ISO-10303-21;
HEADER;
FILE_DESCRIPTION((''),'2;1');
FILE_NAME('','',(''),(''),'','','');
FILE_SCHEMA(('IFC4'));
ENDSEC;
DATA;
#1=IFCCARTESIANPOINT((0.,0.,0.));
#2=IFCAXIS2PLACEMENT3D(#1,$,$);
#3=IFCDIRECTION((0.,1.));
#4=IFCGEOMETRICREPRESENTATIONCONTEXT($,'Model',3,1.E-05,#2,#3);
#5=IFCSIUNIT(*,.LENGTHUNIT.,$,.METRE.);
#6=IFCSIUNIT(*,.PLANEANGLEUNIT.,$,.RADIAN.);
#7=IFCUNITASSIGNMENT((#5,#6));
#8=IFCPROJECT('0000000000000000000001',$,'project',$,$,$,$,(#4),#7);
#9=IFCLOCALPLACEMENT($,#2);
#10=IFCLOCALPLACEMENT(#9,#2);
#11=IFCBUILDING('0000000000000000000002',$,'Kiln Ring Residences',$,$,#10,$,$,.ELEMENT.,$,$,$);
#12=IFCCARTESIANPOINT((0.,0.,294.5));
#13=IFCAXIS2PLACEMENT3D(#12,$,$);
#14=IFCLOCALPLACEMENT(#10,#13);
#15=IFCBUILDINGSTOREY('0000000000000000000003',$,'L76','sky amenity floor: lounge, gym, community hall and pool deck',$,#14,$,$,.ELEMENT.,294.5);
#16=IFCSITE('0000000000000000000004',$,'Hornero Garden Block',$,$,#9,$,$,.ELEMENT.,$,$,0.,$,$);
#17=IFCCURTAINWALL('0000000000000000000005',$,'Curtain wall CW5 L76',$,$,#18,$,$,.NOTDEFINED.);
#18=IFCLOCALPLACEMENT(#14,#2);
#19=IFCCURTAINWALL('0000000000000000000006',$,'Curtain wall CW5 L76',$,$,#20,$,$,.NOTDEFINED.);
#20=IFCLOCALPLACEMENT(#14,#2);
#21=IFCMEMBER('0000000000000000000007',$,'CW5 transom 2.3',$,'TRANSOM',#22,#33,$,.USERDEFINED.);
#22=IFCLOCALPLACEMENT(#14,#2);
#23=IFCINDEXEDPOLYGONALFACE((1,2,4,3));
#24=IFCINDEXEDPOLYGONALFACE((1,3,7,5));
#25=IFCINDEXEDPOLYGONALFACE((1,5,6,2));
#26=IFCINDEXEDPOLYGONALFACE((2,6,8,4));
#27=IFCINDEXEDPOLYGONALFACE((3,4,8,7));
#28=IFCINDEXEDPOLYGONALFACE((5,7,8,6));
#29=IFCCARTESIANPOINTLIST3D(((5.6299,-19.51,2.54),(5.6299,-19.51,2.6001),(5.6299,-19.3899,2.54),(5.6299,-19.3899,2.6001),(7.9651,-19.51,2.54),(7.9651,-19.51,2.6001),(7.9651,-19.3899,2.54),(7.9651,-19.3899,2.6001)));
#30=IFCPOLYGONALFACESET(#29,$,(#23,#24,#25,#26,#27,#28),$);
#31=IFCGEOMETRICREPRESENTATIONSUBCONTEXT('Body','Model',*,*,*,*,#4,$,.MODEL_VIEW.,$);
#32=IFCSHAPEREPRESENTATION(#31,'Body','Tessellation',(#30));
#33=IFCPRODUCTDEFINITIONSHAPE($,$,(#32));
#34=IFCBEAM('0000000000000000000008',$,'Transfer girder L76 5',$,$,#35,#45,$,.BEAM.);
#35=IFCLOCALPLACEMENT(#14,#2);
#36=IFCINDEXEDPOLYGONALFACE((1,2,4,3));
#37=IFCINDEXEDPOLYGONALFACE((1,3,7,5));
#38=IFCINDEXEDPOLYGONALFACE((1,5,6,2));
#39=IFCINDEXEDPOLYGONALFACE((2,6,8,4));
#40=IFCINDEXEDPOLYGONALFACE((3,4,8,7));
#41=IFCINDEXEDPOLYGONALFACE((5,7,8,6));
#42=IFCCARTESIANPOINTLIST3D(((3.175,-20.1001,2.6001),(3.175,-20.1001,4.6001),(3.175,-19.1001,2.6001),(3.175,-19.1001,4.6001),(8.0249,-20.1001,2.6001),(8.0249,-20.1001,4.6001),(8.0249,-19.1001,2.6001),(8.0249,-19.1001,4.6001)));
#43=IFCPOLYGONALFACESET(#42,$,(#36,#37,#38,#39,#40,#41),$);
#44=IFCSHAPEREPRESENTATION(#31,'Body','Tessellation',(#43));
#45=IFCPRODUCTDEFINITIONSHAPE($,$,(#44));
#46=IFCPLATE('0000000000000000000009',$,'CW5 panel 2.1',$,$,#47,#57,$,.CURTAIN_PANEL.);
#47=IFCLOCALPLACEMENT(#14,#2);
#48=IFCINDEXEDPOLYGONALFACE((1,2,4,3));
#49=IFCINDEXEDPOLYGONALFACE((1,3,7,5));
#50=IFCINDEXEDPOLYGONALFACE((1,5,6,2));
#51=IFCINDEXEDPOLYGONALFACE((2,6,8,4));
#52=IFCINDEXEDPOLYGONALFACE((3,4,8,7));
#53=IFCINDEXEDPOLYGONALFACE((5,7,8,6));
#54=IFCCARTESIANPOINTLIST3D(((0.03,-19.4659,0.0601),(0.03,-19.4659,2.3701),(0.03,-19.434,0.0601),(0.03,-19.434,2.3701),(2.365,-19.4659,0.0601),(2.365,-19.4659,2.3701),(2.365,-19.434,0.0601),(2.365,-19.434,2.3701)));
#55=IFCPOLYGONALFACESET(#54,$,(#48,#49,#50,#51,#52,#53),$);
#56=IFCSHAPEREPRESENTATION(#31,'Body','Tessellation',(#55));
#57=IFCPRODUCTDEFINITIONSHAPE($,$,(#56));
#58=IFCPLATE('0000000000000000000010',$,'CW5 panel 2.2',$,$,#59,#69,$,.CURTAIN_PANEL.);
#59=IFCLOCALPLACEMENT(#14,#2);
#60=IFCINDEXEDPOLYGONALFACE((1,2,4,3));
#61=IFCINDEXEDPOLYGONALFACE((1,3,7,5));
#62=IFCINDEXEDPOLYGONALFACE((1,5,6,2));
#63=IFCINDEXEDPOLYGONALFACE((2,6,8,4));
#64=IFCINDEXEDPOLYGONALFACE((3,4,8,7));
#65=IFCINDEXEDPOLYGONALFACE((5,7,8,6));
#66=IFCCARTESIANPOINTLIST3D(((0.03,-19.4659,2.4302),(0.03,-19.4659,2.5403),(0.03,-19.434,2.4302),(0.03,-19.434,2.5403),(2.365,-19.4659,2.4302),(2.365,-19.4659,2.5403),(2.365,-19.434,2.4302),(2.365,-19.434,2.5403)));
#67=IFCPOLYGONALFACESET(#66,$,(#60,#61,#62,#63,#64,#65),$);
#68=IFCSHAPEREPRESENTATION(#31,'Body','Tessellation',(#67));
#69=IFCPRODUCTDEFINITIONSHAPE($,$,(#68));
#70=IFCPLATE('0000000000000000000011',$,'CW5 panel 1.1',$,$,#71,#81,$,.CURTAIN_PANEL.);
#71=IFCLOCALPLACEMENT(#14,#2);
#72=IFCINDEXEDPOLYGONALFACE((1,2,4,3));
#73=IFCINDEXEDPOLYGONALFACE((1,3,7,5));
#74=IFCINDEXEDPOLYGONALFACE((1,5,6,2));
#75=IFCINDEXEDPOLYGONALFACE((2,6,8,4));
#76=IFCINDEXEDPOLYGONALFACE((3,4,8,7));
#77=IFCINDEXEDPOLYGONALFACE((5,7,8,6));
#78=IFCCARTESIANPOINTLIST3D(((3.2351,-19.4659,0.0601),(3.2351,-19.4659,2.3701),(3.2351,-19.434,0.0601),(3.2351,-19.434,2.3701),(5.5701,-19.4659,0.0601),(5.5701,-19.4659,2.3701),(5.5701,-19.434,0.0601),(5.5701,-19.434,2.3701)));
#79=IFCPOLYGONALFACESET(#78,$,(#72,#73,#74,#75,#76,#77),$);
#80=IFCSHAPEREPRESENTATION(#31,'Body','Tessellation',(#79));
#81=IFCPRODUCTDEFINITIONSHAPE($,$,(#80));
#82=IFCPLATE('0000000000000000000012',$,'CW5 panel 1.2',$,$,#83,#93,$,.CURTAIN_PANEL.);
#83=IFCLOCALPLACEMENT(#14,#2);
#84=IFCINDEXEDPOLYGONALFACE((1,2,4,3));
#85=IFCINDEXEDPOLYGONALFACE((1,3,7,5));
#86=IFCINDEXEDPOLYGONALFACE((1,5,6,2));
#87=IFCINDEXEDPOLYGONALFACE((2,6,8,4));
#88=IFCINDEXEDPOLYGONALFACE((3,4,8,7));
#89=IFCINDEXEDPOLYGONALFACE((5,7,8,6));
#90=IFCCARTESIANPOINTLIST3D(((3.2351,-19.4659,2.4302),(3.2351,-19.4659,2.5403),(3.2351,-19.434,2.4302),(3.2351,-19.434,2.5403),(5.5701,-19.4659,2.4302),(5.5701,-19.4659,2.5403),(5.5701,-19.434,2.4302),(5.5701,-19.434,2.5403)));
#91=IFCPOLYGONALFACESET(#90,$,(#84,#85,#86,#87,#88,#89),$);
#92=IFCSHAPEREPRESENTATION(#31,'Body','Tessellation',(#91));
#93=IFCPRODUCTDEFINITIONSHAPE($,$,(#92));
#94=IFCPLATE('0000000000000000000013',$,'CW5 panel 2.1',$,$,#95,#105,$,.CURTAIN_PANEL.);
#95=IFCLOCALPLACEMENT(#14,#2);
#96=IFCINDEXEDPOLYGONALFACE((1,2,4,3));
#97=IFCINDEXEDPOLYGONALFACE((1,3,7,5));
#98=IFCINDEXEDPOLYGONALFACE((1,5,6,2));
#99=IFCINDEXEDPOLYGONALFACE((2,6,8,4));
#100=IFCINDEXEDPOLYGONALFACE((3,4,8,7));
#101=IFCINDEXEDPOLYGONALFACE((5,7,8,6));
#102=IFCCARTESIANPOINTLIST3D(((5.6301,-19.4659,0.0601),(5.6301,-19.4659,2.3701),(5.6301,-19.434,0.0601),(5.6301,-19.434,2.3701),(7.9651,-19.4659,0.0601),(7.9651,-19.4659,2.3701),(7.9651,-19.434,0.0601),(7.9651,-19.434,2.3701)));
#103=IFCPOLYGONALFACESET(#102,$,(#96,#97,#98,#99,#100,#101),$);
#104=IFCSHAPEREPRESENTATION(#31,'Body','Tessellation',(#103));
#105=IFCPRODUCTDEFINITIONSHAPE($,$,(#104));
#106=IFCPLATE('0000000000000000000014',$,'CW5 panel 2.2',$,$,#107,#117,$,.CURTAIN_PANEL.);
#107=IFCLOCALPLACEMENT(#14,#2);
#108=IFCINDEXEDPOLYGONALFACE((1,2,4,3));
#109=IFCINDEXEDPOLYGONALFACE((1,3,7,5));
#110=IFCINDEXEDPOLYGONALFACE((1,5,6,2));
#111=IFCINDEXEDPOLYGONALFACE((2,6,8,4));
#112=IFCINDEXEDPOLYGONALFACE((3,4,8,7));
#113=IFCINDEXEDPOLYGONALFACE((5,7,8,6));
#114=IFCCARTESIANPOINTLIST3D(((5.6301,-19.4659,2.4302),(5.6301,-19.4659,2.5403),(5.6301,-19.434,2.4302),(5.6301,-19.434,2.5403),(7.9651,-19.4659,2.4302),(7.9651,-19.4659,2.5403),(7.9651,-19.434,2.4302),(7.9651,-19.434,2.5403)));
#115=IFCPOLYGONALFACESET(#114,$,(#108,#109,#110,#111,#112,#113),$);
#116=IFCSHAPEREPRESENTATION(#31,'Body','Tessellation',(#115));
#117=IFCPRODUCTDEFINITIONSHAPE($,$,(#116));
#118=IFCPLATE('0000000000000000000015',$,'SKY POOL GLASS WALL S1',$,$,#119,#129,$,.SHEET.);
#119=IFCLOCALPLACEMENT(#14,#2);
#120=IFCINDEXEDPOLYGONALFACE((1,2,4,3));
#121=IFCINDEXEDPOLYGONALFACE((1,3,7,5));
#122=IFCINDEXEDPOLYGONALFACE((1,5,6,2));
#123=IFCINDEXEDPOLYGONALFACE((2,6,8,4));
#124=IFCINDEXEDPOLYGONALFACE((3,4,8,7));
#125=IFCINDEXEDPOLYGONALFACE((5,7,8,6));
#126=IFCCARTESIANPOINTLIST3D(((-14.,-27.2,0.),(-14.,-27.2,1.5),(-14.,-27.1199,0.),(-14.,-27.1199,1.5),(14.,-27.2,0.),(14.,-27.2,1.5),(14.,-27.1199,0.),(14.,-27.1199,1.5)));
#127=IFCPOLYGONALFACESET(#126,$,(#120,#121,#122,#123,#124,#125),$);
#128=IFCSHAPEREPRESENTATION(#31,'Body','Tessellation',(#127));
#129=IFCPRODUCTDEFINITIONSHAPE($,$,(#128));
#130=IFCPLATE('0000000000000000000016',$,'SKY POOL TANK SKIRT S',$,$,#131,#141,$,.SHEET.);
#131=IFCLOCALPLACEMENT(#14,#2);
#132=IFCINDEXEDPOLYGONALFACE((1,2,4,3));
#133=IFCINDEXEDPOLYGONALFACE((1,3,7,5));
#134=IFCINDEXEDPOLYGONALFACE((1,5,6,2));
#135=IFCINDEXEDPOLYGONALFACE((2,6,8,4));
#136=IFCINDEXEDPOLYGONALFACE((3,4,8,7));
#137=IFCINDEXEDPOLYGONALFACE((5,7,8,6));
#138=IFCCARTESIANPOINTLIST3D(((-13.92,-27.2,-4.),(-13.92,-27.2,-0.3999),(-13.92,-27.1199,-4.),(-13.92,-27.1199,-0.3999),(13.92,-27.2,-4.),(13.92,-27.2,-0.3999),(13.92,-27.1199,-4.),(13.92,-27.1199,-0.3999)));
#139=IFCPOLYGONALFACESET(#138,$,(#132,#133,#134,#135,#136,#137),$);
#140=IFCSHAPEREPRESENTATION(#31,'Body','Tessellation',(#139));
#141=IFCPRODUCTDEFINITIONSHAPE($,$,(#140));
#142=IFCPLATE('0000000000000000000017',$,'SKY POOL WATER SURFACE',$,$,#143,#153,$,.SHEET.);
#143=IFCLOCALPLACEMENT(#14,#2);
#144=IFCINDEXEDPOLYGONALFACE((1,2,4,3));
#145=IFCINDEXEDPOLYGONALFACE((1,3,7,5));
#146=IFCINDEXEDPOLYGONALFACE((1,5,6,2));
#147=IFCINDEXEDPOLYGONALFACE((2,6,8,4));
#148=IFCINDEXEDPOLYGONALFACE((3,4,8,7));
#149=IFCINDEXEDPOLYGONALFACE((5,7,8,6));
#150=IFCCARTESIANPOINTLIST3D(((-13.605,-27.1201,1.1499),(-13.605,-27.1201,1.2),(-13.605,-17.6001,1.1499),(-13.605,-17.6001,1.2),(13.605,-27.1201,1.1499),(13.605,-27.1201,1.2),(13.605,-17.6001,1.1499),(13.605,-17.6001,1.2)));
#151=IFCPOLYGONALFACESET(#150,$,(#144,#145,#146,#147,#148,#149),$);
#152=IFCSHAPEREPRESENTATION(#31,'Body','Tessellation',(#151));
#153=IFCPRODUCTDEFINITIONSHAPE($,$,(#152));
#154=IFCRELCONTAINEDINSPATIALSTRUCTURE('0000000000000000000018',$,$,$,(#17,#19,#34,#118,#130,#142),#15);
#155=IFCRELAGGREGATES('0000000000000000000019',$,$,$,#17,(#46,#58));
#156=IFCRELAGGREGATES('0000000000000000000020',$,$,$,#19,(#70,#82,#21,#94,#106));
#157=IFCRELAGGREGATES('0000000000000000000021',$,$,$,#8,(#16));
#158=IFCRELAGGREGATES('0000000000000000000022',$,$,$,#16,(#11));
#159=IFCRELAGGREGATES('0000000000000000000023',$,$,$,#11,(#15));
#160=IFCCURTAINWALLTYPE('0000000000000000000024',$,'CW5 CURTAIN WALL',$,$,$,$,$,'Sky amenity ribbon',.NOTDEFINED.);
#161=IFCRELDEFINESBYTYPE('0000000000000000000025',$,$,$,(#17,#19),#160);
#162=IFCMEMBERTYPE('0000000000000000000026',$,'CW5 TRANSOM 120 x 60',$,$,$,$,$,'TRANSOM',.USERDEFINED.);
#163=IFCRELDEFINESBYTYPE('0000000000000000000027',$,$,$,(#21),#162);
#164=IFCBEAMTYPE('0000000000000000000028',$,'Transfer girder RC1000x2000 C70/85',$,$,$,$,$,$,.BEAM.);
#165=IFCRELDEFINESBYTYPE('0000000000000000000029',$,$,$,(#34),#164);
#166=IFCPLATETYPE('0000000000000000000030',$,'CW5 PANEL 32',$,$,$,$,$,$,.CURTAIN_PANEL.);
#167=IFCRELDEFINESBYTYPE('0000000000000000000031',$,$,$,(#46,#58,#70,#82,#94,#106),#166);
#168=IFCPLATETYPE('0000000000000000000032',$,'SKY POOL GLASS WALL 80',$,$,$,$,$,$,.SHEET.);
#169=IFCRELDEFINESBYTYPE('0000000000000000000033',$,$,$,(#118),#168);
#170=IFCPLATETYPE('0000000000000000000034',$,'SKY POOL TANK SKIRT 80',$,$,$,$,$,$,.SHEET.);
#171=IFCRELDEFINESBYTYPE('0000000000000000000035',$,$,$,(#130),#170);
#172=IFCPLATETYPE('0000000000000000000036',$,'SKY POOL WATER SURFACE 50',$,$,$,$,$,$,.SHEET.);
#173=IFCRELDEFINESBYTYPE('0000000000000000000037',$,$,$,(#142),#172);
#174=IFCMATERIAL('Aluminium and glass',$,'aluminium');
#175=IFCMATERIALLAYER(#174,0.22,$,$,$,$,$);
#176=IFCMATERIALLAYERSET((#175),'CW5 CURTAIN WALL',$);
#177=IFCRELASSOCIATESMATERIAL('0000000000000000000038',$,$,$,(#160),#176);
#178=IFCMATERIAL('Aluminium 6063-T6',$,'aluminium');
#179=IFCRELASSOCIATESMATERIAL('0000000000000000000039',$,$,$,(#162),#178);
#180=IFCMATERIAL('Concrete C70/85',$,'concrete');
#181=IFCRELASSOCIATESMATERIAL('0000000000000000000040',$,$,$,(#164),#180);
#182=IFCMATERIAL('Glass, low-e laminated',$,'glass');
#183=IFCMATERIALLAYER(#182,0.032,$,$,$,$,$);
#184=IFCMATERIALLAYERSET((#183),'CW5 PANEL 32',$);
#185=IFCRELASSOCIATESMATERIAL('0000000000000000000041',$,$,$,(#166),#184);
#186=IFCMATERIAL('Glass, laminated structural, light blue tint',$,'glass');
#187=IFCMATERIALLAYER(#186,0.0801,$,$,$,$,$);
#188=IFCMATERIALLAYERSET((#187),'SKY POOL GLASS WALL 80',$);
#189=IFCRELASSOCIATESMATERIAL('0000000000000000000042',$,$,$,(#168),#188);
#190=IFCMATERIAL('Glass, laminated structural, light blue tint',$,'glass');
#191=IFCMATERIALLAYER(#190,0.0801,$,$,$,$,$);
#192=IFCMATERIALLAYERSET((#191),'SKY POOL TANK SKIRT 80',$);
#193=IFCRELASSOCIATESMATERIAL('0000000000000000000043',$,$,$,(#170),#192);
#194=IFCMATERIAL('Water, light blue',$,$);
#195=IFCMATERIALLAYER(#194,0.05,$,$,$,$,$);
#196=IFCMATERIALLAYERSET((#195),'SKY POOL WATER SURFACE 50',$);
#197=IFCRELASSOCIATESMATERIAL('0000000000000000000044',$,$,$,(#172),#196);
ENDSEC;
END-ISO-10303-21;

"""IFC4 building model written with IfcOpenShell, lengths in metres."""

from ifc_helpers import new_model, si_unit, direction, frame, origin, origin_2d, place, context, subcontext, project, spatial, rectangle, extrude, material, layer, layer_set, material_profile, profile_set, type_object, element, aggregate, save


model = new_model("IFC4")

# Units and contexts
model_context = context("Model", 3, precision=1e-05, world=origin(), true_north=direction((0.0, 1.0)))
body_context = subcontext(model_context, "Body", "Model", "MODEL_VIEW")
ifc_project = project(units=[si_unit("LENGTHUNIT", "METRE"), si_unit("PLANEANGLEUNIT", "RADIAN")], contexts=[model_context])

# Site, building, storey
site_placement = place(None, origin())
site = spatial("IfcSite", under=ifc_project, at=site_placement, Name="Hornero Garden Block", CompositionType="ELEMENT", RefElevation=0.0)
building_placement = place(site_placement, origin())
building = spatial("IfcBuilding", under=site, at=building_placement, Name="Kiln Ring Residences", CompositionType="ELEMENT")
storey_placement = place(building_placement, frame((0.0, 0.0, 294.5)))
storey = spatial("IfcBuildingStorey", under=building, at=storey_placement, Name="L76", Description="sky amenity floor: lounge, gym, community hall and pool deck", CompositionType="ELEMENT", Elevation=294.5)

# Curtain wall
ifc_material_1 = material(Name="Aluminium and glass", Category="aluminium")
ifc_layer_1 = layer(ifc_material_1, 0.22)
ifc_layer_set_1 = layer_set([ifc_layer_1], Name="CW5 CURTAIN WALL")
curtain_wall_type = type_object("IfcCurtainWallType", Name="CW5 CURTAIN WALL", ElementType="Sky amenity ribbon", PredefinedType="NOTDEFINED", material=ifc_layer_set_1)
placement = place(storey_placement, origin())
curtain_wall_1 = element("IfcCurtainWall", 1, at=placement, inside=storey, type_object=curtain_wall_type, Name="Curtain wall CW5 L76", PredefinedType="NOTDEFINED")

# Curtain wall
curtain_wall_2 = element("IfcCurtainWall", 2, at=placement, inside=storey, type_object=curtain_wall_type, Name="Curtain wall CW5 L76", PredefinedType="NOTDEFINED")

# Member
ifc_material_2 = material(Name="Aluminium 6063-T6", Category="aluminium")
ifc_material_profile_1 = material_profile(ifc_material_2, rectangle(XDim=0.1201, YDim=0.0601, at=origin_2d()), Name="AL 120x60")
ifc_profile_set_1 = profile_set([ifc_material_profile_1], Name="Aluminium 6063-T6")
member_type_1 = type_object("IfcMemberType", Name="CW5 TRANSOM 120 x 60", ElementType="TRANSOM", PredefinedType="USERDEFINED", material=ifc_profile_set_1)
member_1_placement = place(storey_placement, frame((5.6299, -19.45, 2.5701), z_axis=(1.0, 0.0, 0.0), x_axis=(0.0, 1.0, 0.0)))
member_1 = element("IfcMember", 3, at=member_1_placement, type_object=member_type_1, Name="CW5 transom 2.3", ObjectType="TRANSOM", PredefinedType="USERDEFINED", context=body_context, shape_type="SweptSolid", body=[
    extrude(rectangle(XDim=0.1201, YDim=0.0601, at=origin_2d()), origin(), (0.0, 0.0, 1.0), 2.3352),
])

# Beam
ifc_material_3 = material(Name="Concrete C70/85", Category="concrete")
ifc_material_profile_2 = material_profile(ifc_material_3, rectangle(XDim=1.0, YDim=2.0, at=origin_2d()), Name="RC1000x2000")
ifc_profile_set_2 = profile_set([ifc_material_profile_2], Name="Concrete C70/85")
beam_type = type_object("IfcBeamType", Name="Transfer girder RC1000x2000 C70/85", PredefinedType="BEAM", material=ifc_profile_set_2)
beam_placement = place(storey_placement, frame((3.175, -19.6001, 3.6001), z_axis=(1.0, 0.0, 0.0), x_axis=(0.0, 1.0, 0.0)))
element("IfcBeam", 4, at=beam_placement, inside=storey, type_object=beam_type, Name="Transfer girder L76 5", PredefinedType="BEAM", context=body_context, shape_type="SweptSolid", body=[
    extrude(rectangle(XDim=1.0, YDim=2.0, at=origin_2d()), origin(), (0.0, 0.0, 1.0), 4.8499),
])

# Plates
ifc_material_4 = material(Name="Glass, low-e laminated", Category="glass")
ifc_layer_2 = layer(ifc_material_4, 0.032)
ifc_layer_set_2 = layer_set([ifc_layer_2], Name="CW5 PANEL 32")
plate_type_1 = type_object("IfcPlateType", Name="CW5 PANEL 32", PredefinedType="CURTAIN_PANEL", material=ifc_layer_set_2)
plate_1_placement = place(storey_placement, frame((1.1975, -19.45, 0.0601), z_axis=(0.0, 0.0, 1.0), x_axis=(1.0, 0.0, 0.0)))
plate_1 = element("IfcPlate", 5, at=plate_1_placement, type_object=plate_type_1, Name="CW5 panel 2.1", PredefinedType="CURTAIN_PANEL", context=body_context, shape_type="SweptSolid", body=[
    extrude(rectangle(XDim=2.335, YDim=0.032, at=origin_2d()), origin(), (0.0, 0.0, 1.0), 2.3101),
])
plate_2_placement = place(storey_placement, frame((1.1975, -19.45, 2.4302), z_axis=(0.0, 0.0, 1.0), x_axis=(1.0, 0.0, 0.0)))
plate_2 = element("IfcPlate", 6, at=plate_2_placement, type_object=plate_type_1, Name="CW5 panel 2.2", PredefinedType="CURTAIN_PANEL", context=body_context, shape_type="SweptSolid", body=[
    extrude(rectangle(XDim=2.335, YDim=0.032, at=origin_2d()), origin(), (0.0, 0.0, 1.0), 0.1101),
])
aggregate(curtain_wall_1, [plate_1, plate_2])
plate_3_placement = place(storey_placement, frame((4.4026, -19.45, 0.0601), z_axis=(0.0, 0.0, 1.0), x_axis=(1.0, 0.0, 0.0)))
plate_3 = element("IfcPlate", 7, at=plate_3_placement, type_object=plate_type_1, Name="CW5 panel 1.1", PredefinedType="CURTAIN_PANEL", context=body_context, shape_type="SweptSolid", body=[
    extrude(rectangle(XDim=2.335, YDim=0.032, at=origin_2d()), origin(), (0.0, 0.0, 1.0), 2.3101),
])
plate_4_placement = place(storey_placement, frame((4.4026, -19.45, 2.4302), z_axis=(0.0, 0.0, 1.0), x_axis=(1.0, 0.0, 0.0)))
plate_4 = element("IfcPlate", 8, at=plate_4_placement, type_object=plate_type_1, Name="CW5 panel 1.2", PredefinedType="CURTAIN_PANEL", context=body_context, shape_type="SweptSolid", body=[
    extrude(rectangle(XDim=2.335, YDim=0.032, at=origin_2d()), origin(), (0.0, 0.0, 1.0), 0.1101),
])
plate_5_placement = place(storey_placement, frame((6.7976, -19.45, 0.0601), z_axis=(0.0, 0.0, 1.0), x_axis=(1.0, 0.0, 0.0)))
plate_5 = element("IfcPlate", 9, at=plate_5_placement, type_object=plate_type_1, Name="CW5 panel 2.1", PredefinedType="CURTAIN_PANEL", context=body_context, shape_type="SweptSolid", body=[
    extrude(rectangle(XDim=2.335, YDim=0.032, at=origin_2d()), origin(), (0.0, 0.0, 1.0), 2.3101),
])
plate_6_placement = place(storey_placement, frame((6.7976, -19.45, 2.4302), z_axis=(0.0, 0.0, 1.0), x_axis=(1.0, 0.0, 0.0)))
plate_6 = element("IfcPlate", 10, at=plate_6_placement, type_object=plate_type_1, Name="CW5 panel 2.2", PredefinedType="CURTAIN_PANEL", context=body_context, shape_type="SweptSolid", body=[
    extrude(rectangle(XDim=2.335, YDim=0.032, at=origin_2d()), origin(), (0.0, 0.0, 1.0), 0.1101),
])
aggregate(curtain_wall_2, [plate_3, plate_4, member_1, plate_5, plate_6])

# Plates
ifc_material_5 = material(Name="Glass, laminated structural, light blue tint", Category="glass")
ifc_layer_3 = layer(ifc_material_5, 0.0801)
ifc_layer_set_3 = layer_set([ifc_layer_3], Name="SKY POOL GLASS WALL 80")
plate_type_2 = type_object("IfcPlateType", Name="SKY POOL GLASS WALL 80", PredefinedType="SHEET", material=ifc_layer_set_3)
plate_7_placement = place(storey_placement, frame((0.0, -27.1599, 0.0), z_axis=(0.0, 0.0, 1.0), x_axis=(1.0, 0.0, 0.0)))
element("IfcPlate", 11, at=plate_7_placement, inside=storey, type_object=plate_type_2, Name="SKY POOL GLASS WALL S1", PredefinedType="SHEET", context=body_context, shape_type="SweptSolid", body=[
    extrude(rectangle(XDim=28.0, YDim=0.0801, at=origin_2d()), origin(), (0.0, 0.0, 1.0), 1.5),
])
ifc_material_6 = material(Name="Glass, laminated structural, light blue tint", Category="glass")
ifc_layer_4 = layer(ifc_material_6, 0.0801)
ifc_layer_set_4 = layer_set([ifc_layer_4], Name="SKY POOL TANK SKIRT 80")
plate_type_3 = type_object("IfcPlateType", Name="SKY POOL TANK SKIRT 80", PredefinedType="SHEET", material=ifc_layer_set_4)
plate_8_placement = place(storey_placement, frame((0.0, -27.1599, -4.0), z_axis=(0.0, 0.0, 1.0), x_axis=(1.0, 0.0, 0.0)))
element("IfcPlate", 12, at=plate_8_placement, inside=storey, type_object=plate_type_3, Name="SKY POOL TANK SKIRT S", PredefinedType="SHEET", context=body_context, shape_type="SweptSolid", body=[
    extrude(rectangle(XDim=27.8401, YDim=0.0801, at=origin_2d()), origin(), (0.0, 0.0, 1.0), 3.6001),
])
ifc_material_7 = material(Name="Water, light blue")
ifc_layer_5 = layer(ifc_material_7, 0.05)
ifc_layer_set_5 = layer_set([ifc_layer_5], Name="SKY POOL WATER SURFACE 50")
plate_type_4 = type_object("IfcPlateType", Name="SKY POOL WATER SURFACE 50", PredefinedType="SHEET", material=ifc_layer_set_5)
plate_9_placement = place(storey_placement, frame((0.0, -22.3601, 1.1499), z_axis=(0.0, 0.0, 1.0), x_axis=(1.0, 0.0, 0.0)))
element("IfcPlate", 13, at=plate_9_placement, inside=storey, type_object=plate_type_4, Name="SKY POOL WATER SURFACE", PredefinedType="SHEET", context=body_context, shape_type="SweptSolid", body=[
    extrude(rectangle(XDim=27.21, YDim=9.52, at=origin_2d()), origin(), (0.0, 0.0, 1.0), 0.05),
])

save(model, "model.ifc")
